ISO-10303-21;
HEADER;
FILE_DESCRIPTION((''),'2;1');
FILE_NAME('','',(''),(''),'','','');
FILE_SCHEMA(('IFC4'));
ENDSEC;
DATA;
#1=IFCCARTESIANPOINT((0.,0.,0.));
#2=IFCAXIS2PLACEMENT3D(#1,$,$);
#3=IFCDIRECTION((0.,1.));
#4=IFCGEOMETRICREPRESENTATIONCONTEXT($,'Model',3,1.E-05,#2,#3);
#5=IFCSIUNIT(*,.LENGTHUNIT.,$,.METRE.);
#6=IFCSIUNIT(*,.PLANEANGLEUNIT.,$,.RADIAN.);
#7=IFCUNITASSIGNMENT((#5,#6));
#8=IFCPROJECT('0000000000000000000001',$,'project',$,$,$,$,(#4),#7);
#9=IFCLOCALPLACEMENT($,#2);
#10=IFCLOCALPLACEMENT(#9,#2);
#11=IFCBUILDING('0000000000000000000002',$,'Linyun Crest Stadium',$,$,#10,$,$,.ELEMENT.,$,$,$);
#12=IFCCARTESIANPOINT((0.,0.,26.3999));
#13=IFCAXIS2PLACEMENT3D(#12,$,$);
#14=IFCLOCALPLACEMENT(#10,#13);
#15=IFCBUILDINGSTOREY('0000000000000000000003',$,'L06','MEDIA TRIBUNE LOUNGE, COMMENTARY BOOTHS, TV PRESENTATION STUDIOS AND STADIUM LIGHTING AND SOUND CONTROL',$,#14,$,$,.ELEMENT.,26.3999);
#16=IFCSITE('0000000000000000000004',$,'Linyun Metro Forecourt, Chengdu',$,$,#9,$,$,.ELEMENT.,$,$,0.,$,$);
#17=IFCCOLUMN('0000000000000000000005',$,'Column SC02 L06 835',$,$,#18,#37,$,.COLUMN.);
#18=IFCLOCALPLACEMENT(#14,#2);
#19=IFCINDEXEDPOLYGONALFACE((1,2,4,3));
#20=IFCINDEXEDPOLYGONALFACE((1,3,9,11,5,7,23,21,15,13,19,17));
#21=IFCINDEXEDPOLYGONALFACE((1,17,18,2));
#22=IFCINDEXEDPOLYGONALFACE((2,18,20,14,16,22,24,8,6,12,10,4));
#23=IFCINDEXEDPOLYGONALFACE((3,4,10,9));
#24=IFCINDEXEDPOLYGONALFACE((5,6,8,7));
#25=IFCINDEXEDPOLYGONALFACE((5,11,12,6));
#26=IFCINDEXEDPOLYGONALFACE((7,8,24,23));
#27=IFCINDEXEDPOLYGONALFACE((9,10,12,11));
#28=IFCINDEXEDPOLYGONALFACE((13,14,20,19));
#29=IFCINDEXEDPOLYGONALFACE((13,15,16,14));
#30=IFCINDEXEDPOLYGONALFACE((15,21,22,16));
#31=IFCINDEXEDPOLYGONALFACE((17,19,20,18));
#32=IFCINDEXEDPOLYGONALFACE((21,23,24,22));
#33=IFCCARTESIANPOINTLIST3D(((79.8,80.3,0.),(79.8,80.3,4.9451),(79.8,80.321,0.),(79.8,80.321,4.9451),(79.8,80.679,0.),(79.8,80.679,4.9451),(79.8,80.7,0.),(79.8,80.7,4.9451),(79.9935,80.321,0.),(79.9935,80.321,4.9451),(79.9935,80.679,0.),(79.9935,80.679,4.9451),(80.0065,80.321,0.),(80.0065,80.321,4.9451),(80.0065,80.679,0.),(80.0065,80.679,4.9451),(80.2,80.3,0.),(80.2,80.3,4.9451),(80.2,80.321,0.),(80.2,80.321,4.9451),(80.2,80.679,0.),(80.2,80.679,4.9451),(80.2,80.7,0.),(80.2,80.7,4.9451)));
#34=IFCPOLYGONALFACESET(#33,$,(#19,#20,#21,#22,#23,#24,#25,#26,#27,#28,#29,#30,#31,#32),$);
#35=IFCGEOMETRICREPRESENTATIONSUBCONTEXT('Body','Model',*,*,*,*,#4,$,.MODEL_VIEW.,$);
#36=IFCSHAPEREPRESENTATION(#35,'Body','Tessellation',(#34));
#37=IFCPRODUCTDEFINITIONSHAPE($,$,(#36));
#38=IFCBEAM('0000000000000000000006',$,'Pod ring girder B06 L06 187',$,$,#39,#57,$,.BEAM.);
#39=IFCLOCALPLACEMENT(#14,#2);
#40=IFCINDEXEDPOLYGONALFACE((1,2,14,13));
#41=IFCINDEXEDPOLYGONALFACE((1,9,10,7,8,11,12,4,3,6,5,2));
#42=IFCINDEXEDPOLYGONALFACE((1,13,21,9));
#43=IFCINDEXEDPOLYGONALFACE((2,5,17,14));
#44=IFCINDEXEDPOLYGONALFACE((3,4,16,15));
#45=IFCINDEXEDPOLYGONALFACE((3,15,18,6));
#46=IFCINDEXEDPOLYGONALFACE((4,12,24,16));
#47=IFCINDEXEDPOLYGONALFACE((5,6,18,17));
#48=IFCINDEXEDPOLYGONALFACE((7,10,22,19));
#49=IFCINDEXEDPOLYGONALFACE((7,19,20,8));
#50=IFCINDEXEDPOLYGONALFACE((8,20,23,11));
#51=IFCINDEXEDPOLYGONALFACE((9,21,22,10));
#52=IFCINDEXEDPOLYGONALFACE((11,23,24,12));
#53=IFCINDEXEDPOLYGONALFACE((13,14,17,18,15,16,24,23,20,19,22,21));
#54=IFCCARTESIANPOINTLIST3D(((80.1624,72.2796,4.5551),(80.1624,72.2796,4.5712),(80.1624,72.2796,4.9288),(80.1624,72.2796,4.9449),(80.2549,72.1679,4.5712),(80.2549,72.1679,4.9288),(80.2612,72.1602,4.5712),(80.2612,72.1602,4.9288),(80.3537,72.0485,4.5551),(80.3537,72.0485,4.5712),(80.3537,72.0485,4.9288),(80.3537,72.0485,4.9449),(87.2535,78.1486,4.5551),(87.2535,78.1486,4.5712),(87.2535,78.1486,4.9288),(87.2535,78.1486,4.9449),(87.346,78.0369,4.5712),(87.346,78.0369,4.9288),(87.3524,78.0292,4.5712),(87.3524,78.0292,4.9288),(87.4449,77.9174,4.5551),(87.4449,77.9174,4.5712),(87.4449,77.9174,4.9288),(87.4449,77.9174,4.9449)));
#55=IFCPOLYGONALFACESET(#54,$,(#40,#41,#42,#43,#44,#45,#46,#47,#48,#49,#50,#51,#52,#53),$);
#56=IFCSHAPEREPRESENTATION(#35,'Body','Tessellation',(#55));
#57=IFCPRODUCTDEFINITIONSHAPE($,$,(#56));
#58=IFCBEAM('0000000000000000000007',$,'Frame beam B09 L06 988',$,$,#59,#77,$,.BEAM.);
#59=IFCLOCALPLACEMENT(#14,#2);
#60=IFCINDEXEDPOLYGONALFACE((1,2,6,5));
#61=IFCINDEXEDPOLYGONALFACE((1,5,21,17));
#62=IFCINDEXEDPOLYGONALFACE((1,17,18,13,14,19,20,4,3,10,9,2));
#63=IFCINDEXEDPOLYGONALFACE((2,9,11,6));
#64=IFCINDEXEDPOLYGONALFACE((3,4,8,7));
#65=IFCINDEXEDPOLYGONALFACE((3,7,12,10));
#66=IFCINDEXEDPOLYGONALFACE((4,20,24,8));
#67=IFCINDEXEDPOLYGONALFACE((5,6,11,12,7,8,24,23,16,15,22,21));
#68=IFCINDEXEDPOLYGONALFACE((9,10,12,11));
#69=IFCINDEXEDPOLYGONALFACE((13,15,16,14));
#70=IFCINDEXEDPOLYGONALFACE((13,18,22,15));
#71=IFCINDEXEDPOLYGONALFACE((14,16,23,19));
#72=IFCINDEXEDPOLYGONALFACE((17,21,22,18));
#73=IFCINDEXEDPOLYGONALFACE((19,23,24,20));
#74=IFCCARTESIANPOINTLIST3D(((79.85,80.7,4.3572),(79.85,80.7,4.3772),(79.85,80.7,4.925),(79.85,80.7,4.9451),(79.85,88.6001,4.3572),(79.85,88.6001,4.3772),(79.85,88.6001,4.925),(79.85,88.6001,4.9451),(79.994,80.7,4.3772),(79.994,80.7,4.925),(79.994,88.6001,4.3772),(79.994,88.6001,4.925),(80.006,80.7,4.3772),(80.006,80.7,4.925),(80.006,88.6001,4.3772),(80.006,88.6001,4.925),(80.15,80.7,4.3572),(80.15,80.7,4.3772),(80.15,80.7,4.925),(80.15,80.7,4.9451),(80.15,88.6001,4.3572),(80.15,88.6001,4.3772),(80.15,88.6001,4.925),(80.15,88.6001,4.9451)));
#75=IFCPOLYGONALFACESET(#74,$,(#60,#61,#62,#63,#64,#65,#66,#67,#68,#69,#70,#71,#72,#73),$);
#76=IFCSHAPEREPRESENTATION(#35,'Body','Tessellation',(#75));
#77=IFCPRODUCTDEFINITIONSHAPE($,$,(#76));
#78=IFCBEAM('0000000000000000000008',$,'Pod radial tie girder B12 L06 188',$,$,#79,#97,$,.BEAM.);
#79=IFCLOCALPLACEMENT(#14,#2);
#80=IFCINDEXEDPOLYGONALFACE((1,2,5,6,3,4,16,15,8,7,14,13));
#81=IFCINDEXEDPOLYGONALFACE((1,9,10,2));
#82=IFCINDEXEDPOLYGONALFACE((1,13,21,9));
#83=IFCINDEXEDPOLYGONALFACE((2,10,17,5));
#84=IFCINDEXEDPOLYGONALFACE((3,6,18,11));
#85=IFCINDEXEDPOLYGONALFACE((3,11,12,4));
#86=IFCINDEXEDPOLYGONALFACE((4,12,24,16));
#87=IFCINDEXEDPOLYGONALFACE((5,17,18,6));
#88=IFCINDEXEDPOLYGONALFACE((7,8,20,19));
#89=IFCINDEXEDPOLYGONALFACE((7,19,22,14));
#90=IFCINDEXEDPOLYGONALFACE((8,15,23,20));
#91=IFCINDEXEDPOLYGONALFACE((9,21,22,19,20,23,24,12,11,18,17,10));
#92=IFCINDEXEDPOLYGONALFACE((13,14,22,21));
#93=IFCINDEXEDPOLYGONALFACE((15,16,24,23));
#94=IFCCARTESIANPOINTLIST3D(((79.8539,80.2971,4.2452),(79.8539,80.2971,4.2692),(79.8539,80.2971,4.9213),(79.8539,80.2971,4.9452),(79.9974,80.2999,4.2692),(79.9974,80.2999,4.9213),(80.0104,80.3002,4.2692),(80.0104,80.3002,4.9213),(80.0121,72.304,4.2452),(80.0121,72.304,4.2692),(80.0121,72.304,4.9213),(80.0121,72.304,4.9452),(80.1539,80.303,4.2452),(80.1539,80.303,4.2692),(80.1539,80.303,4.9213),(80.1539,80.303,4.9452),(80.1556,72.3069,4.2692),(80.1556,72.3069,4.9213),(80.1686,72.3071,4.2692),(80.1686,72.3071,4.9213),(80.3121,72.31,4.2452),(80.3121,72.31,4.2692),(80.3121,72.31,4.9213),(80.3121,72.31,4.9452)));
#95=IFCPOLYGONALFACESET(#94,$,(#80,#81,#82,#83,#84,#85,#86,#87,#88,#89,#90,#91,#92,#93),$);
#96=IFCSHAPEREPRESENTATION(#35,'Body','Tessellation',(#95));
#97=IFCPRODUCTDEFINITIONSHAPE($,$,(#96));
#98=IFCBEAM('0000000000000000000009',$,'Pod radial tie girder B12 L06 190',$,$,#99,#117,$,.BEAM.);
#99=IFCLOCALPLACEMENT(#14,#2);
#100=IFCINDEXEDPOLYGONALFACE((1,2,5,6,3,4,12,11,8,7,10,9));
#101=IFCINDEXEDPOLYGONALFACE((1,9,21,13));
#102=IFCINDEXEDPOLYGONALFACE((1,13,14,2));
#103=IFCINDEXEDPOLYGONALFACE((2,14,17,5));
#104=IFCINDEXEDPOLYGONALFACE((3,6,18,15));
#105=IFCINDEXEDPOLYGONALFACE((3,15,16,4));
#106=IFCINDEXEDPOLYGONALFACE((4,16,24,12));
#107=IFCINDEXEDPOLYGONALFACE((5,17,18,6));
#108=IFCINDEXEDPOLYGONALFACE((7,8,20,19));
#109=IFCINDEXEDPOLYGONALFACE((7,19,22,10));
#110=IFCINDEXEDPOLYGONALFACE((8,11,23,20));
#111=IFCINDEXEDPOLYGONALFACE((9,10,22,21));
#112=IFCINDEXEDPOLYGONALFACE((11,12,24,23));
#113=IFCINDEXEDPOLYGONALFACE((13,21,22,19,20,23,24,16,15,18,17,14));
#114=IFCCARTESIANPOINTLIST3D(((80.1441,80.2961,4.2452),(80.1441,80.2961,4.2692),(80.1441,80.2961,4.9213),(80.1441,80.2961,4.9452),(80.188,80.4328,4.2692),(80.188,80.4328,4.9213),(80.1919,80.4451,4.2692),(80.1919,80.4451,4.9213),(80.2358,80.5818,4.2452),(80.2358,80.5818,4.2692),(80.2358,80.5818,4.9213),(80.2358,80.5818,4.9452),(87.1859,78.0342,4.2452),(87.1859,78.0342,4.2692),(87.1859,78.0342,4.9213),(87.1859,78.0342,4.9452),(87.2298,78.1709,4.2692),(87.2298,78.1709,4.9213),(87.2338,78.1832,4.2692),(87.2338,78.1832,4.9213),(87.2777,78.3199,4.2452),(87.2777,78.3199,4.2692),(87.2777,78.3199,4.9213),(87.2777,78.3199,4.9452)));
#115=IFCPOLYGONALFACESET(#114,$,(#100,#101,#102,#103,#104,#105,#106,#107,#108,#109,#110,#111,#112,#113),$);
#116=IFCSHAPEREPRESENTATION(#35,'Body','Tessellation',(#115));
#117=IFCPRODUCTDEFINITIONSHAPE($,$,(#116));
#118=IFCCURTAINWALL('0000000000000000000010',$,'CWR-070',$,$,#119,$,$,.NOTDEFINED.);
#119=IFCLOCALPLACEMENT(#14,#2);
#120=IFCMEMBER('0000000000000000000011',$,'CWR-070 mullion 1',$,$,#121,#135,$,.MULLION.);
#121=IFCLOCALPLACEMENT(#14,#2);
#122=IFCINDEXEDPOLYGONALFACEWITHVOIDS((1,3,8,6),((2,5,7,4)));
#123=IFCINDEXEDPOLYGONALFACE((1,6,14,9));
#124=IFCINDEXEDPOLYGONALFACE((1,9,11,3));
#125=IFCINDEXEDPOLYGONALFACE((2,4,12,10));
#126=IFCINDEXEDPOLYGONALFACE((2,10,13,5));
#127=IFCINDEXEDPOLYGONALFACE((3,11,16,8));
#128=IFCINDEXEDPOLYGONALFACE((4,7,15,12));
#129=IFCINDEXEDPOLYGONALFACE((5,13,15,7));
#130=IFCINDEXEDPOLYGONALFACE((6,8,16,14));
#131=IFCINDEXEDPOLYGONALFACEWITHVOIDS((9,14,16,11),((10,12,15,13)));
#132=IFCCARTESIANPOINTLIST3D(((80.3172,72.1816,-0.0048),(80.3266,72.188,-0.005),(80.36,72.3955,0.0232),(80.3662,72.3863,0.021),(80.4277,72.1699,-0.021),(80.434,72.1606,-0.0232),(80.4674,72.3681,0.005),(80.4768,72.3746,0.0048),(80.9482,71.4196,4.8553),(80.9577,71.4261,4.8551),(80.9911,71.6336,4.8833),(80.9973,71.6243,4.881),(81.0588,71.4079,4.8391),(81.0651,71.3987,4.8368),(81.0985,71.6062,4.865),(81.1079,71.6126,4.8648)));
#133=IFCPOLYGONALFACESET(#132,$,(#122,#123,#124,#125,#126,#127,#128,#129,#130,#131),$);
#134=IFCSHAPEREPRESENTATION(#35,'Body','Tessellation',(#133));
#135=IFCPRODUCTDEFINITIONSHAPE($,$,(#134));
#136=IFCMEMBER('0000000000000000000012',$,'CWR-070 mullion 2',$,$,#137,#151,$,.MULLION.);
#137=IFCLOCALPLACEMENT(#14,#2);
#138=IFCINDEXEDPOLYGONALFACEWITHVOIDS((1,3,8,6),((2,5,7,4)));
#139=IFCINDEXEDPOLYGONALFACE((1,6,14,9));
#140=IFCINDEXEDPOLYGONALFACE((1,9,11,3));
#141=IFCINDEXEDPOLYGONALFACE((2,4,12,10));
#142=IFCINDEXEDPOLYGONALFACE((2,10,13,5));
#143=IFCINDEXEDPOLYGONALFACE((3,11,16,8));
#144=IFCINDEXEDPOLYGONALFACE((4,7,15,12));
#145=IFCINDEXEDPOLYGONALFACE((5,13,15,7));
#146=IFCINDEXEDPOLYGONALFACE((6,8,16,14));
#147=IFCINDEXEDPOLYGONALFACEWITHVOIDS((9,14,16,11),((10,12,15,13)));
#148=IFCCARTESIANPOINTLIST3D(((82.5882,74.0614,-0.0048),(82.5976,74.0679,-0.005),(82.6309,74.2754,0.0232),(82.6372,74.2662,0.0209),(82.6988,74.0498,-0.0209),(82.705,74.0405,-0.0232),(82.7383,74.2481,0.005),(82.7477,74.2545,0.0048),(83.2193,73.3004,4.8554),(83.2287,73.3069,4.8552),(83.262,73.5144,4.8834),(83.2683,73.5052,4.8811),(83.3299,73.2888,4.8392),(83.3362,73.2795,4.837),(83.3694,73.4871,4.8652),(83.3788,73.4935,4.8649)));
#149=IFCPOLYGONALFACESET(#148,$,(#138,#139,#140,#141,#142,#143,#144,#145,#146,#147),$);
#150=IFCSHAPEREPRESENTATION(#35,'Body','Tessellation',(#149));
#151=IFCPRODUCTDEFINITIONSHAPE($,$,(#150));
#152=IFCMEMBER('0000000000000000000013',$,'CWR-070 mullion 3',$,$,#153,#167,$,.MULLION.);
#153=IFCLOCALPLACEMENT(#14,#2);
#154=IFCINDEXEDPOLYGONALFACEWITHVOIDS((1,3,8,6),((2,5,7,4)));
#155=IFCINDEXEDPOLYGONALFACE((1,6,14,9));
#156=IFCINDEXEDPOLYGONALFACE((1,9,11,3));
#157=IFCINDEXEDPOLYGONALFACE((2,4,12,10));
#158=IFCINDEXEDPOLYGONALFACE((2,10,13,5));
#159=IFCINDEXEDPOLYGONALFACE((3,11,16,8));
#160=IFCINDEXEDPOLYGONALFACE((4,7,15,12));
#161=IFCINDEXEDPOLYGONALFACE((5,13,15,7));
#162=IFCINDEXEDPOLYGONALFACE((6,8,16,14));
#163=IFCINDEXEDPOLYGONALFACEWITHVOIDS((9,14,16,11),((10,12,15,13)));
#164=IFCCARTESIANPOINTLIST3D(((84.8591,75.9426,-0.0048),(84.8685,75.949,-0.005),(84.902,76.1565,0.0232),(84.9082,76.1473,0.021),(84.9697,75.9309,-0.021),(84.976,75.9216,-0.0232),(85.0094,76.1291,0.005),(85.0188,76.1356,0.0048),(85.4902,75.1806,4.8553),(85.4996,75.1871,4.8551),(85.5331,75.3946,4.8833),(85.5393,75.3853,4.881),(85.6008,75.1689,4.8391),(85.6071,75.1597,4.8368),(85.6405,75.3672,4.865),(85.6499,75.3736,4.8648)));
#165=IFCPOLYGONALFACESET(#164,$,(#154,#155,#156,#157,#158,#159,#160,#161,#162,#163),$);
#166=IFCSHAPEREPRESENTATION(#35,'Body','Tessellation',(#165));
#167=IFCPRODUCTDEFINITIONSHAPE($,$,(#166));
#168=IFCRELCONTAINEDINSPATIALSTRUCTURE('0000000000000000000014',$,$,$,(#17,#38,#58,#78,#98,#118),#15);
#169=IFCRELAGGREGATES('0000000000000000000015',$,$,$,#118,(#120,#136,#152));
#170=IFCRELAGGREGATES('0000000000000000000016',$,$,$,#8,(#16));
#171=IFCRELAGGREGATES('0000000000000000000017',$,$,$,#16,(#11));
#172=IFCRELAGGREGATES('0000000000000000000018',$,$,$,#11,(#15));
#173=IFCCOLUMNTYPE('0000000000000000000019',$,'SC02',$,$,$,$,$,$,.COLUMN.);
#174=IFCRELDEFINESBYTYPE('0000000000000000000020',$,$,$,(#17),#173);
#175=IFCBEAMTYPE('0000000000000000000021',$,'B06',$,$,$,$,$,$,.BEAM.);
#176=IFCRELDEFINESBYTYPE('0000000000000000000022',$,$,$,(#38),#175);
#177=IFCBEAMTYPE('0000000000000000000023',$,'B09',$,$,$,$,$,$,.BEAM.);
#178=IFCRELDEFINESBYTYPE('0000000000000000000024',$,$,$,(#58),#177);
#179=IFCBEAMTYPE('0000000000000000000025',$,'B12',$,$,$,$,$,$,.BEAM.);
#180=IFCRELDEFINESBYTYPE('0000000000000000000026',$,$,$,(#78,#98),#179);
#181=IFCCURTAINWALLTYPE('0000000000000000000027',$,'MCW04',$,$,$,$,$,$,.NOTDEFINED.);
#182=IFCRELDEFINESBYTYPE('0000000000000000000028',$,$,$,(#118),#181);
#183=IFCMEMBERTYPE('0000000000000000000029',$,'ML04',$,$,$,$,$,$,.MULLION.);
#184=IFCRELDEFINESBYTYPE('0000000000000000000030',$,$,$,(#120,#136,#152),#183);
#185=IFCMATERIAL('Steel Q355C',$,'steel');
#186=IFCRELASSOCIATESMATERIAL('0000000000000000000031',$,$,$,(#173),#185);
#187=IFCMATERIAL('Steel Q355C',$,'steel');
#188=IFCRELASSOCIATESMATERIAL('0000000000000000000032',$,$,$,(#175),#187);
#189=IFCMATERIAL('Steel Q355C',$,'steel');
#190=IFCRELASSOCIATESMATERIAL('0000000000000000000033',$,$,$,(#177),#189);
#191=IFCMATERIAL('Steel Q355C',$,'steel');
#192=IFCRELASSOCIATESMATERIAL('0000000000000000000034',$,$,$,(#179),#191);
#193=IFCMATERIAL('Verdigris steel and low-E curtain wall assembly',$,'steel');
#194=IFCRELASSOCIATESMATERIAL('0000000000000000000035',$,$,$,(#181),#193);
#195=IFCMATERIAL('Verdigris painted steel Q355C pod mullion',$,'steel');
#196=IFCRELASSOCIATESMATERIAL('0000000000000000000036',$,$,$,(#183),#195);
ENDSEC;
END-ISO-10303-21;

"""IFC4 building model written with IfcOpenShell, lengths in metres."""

from ifc_helpers import new_model, si_unit, direction, frame, origin, origin_2d, place, context, subcontext, project, spatial, hollow_rectangle, i_section, extrude, material, material_profile, profile_set, type_object, element, aggregate, save


model = new_model("IFC4")

# Units and contexts
model_context = context("Model", 3, precision=1e-05, world=origin(), true_north=direction((0.0, 1.0)))
body_context = subcontext(model_context, "Body", "Model", "MODEL_VIEW")
ifc_project = project(units=[si_unit("LENGTHUNIT", "METRE"), si_unit("PLANEANGLEUNIT", "RADIAN")], contexts=[model_context])

# Site, building, storey
site_placement = place(None, origin())
site = spatial("IfcSite", under=ifc_project, at=site_placement, Name="Linyun Metro Forecourt, Chengdu", CompositionType="ELEMENT", RefElevation=0.0)
building_placement = place(site_placement, origin())
building = spatial("IfcBuilding", under=site, at=building_placement, Name="Linyun Crest Stadium", CompositionType="ELEMENT")
storey_placement = place(building_placement, frame((0.0, 0.0, 26.3999)))
storey = spatial("IfcBuildingStorey", under=building, at=storey_placement, Name="L06", Description="MEDIA TRIBUNE LOUNGE, COMMENTARY BOOTHS, TV PRESENTATION STUDIOS AND STADIUM LIGHTING AND SOUND CONTROL", CompositionType="ELEMENT", Elevation=26.3999)

# Column
ifc_material_1 = material(Name="Steel Q355C", Category="steel")
ifc_material_profile_1 = material_profile(ifc_material_1, i_section(OverallWidth=0.3999, OverallDepth=0.3999, WebThickness=0.0129, FlangeThickness=0.021, at=origin_2d()), Name="HW 400x400")
ifc_profile_set_1 = profile_set([ifc_material_profile_1], Name="Steel Q355C")
column_type = type_object("IfcColumnType", Name="SC02", PredefinedType="COLUMN", material=ifc_profile_set_1)
column_placement = place(storey_placement, frame((80.0, 80.5, 0.0), z_axis=(0.0, 0.0, 1.0), x_axis=(1.0, 0.0, 0.0)))
element("IfcColumn", 1, at=column_placement, inside=storey, type_object=column_type, Name="Column SC02 L06 835", PredefinedType="COLUMN", context=body_context, shape_type="SweptSolid", body=[
    extrude(i_section(OverallWidth=0.3999, OverallDepth=0.3999, WebThickness=0.0129, FlangeThickness=0.021, at=origin_2d()), origin(), (0.0, 0.0, 1.0), 4.9451),
])

# Beams
ifc_material_2 = material(Name="Steel Q355C", Category="steel")
ifc_material_profile_2 = material_profile(ifc_material_2, i_section(OverallWidth=0.3, OverallDepth=0.3899, WebThickness=0.01, FlangeThickness=0.0161, at=origin_2d()), Name="HM 390x300")
ifc_profile_set_2 = profile_set([ifc_material_profile_2], Name="Steel Q355C")
beam_type_1 = type_object("IfcBeamType", Name="B06", PredefinedType="BEAM", material=ifc_profile_set_2)
beam_1_placement = place(storey_placement, frame((80.2581, 72.1641, 4.75), z_axis=(0.770371, 0.637595, 0.0), x_axis=(-0.637595, 0.770371, 0.0)))
element("IfcBeam", 2, at=beam_1_placement, inside=storey, type_object=beam_type_1, Name="Pod ring girder B06 L06 187", PredefinedType="BEAM", context=body_context, shape_type="SweptSolid", body=[
    extrude(i_section(OverallWidth=0.3, OverallDepth=0.3899, WebThickness=0.01, FlangeThickness=0.0161, at=origin_2d()), origin(), (0.0, 0.0, 1.0), 9.2048),
])
ifc_material_3 = material(Name="Steel Q355C", Category="steel")
ifc_material_profile_3 = material_profile(ifc_material_3, i_section(OverallWidth=0.3, OverallDepth=0.5879, WebThickness=0.012, FlangeThickness=0.02, at=origin_2d()), Name="HM 588x300")
ifc_profile_set_3 = profile_set([ifc_material_profile_3], Name="Steel Q355C")
beam_type_2 = type_object("IfcBeamType", Name="B09", PredefinedType="BEAM", material=ifc_profile_set_3)
beam_2_placement = place(storey_placement, frame((80.0, 80.7, 4.6511), z_axis=(0.0, 1.0, 0.0), x_axis=(-1.0, 0.0, 0.0)))
element("IfcBeam", 3, at=beam_2_placement, inside=storey, type_object=beam_type_2, Name="Frame beam B09 L06 988", PredefinedType="BEAM", context=body_context, shape_type="SweptSolid", body=[
    extrude(i_section(OverallWidth=0.3, OverallDepth=0.5879, WebThickness=0.012, FlangeThickness=0.02, at=origin_2d()), origin(), (0.0, 0.0, 1.0), 7.9001),
])
ifc_material_4 = material(Name="Steel Q355C", Category="steel")
ifc_material_profile_4 = material_profile(ifc_material_4, i_section(OverallWidth=0.3, OverallDepth=0.7, WebThickness=0.0129, FlangeThickness=0.0239, at=origin_2d()), Name="HN 700x300")
ifc_profile_set_4 = profile_set([ifc_material_profile_4], Name="Steel Q355C")
beam_type_3 = type_object("IfcBeamType", Name="B12", PredefinedType="BEAM", material=ifc_profile_set_4)
beam_3_placement = place(storey_placement, frame((80.0039, 80.3, 4.5952), z_axis=(0.019788, -0.999804, 0.0), x_axis=(0.999804, 0.019788, 0.0)))
element("IfcBeam", 4, at=beam_3_placement, inside=storey, type_object=beam_type_3, Name="Pod radial tie girder B12 L06 188", PredefinedType="BEAM", context=body_context, shape_type="SweptSolid", body=[
    extrude(i_section(OverallWidth=0.3, OverallDepth=0.7, WebThickness=0.0129, FlangeThickness=0.0239, at=origin_2d()), origin(), (0.0, 0.0, 1.0), 7.9946),
])
beam_4_placement = place(storey_placement, frame((80.1899, 80.439, 4.5952), z_axis=(0.952089, -0.305821, 0.0), x_axis=(0.305821, 0.952089, 0.0)))
element("IfcBeam", 5, at=beam_4_placement, inside=storey, type_object=beam_type_3, Name="Pod radial tie girder B12 L06 190", PredefinedType="BEAM", context=body_context, shape_type="SweptSolid", body=[
    extrude(i_section(OverallWidth=0.3, OverallDepth=0.7, WebThickness=0.0129, FlangeThickness=0.0239, at=origin_2d()), origin(), (0.0, 0.0, 1.0), 7.3962),
])

# Curtain wall, members
ifc_material_5 = material(Name="Verdigris steel and low-E curtain wall assembly", Category="steel")
curtain_wall_type = type_object("IfcCurtainWallType", Name="MCW04", PredefinedType="NOTDEFINED", material=ifc_material_5)
curtain_wall_placement = place(storey_placement, origin())
curtain_wall = element("IfcCurtainWall", 6, at=curtain_wall_placement, inside=storey, type_object=curtain_wall_type, Name="CWR-070", PredefinedType="NOTDEFINED")
ifc_material_6 = material(Name="Verdigris painted steel Q355C pod mullion", Category="steel")
ifc_material_profile_5 = material_profile(ifc_material_6, hollow_rectangle(XDim=0.1201, YDim=0.22, WallThickness=0.0081, at=origin_2d()), Name="RHS 220x120x8")
ifc_profile_set_5 = profile_set([ifc_material_profile_5], Name="Verdigris painted steel Q355C pod mullion")
member_type_1 = type_object("IfcMemberType", Name="ML04", PredefinedType="MULLION", material=ifc_profile_set_5)
member_1_placement = place(storey_placement, frame((80.397, 72.2781, 0.0), z_axis=(0.127244, -0.153628, 0.979902), x_axis=(-0.972587, 0.174539, 0.153658)))
member_1 = element("IfcMember", 7, at=member_1_placement, type_object=member_type_1, Name="CWR-070 mullion 1", PredefinedType="MULLION", context=body_context, shape_type="SweptSolid", body=[
    extrude(hollow_rectangle(XDim=0.1201, YDim=0.22, WallThickness=0.0081, at=origin_2d()), origin(), (0.0, 0.0, 1.0), 4.9597),
])
member_2_placement = place(storey_placement, frame((82.668, 74.158, 0.0), z_axis=(0.127248, -0.153436, 0.979931), x_axis=(-0.972711, 0.173944, 0.153546)))
member_2 = element("IfcMember", 8, at=member_2_placement, type_object=member_type_1, Name="CWR-070 mullion 2", PredefinedType="MULLION", context=body_context, shape_type="SweptSolid", body=[
    extrude(hollow_rectangle(XDim=0.1201, YDim=0.22, WallThickness=0.0081, at=origin_2d()), origin(), (0.0, 0.0, 1.0), 4.9597),
])
member_3_placement = place(storey_placement, frame((84.939, 76.0391, 0.0), z_axis=(0.127244, -0.153628, 0.979902), x_axis=(-0.972587, 0.174539, 0.153658)))
member_3 = element("IfcMember", 9, at=member_3_placement, type_object=member_type_1, Name="CWR-070 mullion 3", PredefinedType="MULLION", context=body_context, shape_type="SweptSolid", body=[
    extrude(hollow_rectangle(XDim=0.1201, YDim=0.22, WallThickness=0.0081, at=origin_2d()), origin(), (0.0, 0.0, 1.0), 4.9597),
])
aggregate(curtain_wall, [member_1, member_2, member_3])

save(model, "model.ifc")
